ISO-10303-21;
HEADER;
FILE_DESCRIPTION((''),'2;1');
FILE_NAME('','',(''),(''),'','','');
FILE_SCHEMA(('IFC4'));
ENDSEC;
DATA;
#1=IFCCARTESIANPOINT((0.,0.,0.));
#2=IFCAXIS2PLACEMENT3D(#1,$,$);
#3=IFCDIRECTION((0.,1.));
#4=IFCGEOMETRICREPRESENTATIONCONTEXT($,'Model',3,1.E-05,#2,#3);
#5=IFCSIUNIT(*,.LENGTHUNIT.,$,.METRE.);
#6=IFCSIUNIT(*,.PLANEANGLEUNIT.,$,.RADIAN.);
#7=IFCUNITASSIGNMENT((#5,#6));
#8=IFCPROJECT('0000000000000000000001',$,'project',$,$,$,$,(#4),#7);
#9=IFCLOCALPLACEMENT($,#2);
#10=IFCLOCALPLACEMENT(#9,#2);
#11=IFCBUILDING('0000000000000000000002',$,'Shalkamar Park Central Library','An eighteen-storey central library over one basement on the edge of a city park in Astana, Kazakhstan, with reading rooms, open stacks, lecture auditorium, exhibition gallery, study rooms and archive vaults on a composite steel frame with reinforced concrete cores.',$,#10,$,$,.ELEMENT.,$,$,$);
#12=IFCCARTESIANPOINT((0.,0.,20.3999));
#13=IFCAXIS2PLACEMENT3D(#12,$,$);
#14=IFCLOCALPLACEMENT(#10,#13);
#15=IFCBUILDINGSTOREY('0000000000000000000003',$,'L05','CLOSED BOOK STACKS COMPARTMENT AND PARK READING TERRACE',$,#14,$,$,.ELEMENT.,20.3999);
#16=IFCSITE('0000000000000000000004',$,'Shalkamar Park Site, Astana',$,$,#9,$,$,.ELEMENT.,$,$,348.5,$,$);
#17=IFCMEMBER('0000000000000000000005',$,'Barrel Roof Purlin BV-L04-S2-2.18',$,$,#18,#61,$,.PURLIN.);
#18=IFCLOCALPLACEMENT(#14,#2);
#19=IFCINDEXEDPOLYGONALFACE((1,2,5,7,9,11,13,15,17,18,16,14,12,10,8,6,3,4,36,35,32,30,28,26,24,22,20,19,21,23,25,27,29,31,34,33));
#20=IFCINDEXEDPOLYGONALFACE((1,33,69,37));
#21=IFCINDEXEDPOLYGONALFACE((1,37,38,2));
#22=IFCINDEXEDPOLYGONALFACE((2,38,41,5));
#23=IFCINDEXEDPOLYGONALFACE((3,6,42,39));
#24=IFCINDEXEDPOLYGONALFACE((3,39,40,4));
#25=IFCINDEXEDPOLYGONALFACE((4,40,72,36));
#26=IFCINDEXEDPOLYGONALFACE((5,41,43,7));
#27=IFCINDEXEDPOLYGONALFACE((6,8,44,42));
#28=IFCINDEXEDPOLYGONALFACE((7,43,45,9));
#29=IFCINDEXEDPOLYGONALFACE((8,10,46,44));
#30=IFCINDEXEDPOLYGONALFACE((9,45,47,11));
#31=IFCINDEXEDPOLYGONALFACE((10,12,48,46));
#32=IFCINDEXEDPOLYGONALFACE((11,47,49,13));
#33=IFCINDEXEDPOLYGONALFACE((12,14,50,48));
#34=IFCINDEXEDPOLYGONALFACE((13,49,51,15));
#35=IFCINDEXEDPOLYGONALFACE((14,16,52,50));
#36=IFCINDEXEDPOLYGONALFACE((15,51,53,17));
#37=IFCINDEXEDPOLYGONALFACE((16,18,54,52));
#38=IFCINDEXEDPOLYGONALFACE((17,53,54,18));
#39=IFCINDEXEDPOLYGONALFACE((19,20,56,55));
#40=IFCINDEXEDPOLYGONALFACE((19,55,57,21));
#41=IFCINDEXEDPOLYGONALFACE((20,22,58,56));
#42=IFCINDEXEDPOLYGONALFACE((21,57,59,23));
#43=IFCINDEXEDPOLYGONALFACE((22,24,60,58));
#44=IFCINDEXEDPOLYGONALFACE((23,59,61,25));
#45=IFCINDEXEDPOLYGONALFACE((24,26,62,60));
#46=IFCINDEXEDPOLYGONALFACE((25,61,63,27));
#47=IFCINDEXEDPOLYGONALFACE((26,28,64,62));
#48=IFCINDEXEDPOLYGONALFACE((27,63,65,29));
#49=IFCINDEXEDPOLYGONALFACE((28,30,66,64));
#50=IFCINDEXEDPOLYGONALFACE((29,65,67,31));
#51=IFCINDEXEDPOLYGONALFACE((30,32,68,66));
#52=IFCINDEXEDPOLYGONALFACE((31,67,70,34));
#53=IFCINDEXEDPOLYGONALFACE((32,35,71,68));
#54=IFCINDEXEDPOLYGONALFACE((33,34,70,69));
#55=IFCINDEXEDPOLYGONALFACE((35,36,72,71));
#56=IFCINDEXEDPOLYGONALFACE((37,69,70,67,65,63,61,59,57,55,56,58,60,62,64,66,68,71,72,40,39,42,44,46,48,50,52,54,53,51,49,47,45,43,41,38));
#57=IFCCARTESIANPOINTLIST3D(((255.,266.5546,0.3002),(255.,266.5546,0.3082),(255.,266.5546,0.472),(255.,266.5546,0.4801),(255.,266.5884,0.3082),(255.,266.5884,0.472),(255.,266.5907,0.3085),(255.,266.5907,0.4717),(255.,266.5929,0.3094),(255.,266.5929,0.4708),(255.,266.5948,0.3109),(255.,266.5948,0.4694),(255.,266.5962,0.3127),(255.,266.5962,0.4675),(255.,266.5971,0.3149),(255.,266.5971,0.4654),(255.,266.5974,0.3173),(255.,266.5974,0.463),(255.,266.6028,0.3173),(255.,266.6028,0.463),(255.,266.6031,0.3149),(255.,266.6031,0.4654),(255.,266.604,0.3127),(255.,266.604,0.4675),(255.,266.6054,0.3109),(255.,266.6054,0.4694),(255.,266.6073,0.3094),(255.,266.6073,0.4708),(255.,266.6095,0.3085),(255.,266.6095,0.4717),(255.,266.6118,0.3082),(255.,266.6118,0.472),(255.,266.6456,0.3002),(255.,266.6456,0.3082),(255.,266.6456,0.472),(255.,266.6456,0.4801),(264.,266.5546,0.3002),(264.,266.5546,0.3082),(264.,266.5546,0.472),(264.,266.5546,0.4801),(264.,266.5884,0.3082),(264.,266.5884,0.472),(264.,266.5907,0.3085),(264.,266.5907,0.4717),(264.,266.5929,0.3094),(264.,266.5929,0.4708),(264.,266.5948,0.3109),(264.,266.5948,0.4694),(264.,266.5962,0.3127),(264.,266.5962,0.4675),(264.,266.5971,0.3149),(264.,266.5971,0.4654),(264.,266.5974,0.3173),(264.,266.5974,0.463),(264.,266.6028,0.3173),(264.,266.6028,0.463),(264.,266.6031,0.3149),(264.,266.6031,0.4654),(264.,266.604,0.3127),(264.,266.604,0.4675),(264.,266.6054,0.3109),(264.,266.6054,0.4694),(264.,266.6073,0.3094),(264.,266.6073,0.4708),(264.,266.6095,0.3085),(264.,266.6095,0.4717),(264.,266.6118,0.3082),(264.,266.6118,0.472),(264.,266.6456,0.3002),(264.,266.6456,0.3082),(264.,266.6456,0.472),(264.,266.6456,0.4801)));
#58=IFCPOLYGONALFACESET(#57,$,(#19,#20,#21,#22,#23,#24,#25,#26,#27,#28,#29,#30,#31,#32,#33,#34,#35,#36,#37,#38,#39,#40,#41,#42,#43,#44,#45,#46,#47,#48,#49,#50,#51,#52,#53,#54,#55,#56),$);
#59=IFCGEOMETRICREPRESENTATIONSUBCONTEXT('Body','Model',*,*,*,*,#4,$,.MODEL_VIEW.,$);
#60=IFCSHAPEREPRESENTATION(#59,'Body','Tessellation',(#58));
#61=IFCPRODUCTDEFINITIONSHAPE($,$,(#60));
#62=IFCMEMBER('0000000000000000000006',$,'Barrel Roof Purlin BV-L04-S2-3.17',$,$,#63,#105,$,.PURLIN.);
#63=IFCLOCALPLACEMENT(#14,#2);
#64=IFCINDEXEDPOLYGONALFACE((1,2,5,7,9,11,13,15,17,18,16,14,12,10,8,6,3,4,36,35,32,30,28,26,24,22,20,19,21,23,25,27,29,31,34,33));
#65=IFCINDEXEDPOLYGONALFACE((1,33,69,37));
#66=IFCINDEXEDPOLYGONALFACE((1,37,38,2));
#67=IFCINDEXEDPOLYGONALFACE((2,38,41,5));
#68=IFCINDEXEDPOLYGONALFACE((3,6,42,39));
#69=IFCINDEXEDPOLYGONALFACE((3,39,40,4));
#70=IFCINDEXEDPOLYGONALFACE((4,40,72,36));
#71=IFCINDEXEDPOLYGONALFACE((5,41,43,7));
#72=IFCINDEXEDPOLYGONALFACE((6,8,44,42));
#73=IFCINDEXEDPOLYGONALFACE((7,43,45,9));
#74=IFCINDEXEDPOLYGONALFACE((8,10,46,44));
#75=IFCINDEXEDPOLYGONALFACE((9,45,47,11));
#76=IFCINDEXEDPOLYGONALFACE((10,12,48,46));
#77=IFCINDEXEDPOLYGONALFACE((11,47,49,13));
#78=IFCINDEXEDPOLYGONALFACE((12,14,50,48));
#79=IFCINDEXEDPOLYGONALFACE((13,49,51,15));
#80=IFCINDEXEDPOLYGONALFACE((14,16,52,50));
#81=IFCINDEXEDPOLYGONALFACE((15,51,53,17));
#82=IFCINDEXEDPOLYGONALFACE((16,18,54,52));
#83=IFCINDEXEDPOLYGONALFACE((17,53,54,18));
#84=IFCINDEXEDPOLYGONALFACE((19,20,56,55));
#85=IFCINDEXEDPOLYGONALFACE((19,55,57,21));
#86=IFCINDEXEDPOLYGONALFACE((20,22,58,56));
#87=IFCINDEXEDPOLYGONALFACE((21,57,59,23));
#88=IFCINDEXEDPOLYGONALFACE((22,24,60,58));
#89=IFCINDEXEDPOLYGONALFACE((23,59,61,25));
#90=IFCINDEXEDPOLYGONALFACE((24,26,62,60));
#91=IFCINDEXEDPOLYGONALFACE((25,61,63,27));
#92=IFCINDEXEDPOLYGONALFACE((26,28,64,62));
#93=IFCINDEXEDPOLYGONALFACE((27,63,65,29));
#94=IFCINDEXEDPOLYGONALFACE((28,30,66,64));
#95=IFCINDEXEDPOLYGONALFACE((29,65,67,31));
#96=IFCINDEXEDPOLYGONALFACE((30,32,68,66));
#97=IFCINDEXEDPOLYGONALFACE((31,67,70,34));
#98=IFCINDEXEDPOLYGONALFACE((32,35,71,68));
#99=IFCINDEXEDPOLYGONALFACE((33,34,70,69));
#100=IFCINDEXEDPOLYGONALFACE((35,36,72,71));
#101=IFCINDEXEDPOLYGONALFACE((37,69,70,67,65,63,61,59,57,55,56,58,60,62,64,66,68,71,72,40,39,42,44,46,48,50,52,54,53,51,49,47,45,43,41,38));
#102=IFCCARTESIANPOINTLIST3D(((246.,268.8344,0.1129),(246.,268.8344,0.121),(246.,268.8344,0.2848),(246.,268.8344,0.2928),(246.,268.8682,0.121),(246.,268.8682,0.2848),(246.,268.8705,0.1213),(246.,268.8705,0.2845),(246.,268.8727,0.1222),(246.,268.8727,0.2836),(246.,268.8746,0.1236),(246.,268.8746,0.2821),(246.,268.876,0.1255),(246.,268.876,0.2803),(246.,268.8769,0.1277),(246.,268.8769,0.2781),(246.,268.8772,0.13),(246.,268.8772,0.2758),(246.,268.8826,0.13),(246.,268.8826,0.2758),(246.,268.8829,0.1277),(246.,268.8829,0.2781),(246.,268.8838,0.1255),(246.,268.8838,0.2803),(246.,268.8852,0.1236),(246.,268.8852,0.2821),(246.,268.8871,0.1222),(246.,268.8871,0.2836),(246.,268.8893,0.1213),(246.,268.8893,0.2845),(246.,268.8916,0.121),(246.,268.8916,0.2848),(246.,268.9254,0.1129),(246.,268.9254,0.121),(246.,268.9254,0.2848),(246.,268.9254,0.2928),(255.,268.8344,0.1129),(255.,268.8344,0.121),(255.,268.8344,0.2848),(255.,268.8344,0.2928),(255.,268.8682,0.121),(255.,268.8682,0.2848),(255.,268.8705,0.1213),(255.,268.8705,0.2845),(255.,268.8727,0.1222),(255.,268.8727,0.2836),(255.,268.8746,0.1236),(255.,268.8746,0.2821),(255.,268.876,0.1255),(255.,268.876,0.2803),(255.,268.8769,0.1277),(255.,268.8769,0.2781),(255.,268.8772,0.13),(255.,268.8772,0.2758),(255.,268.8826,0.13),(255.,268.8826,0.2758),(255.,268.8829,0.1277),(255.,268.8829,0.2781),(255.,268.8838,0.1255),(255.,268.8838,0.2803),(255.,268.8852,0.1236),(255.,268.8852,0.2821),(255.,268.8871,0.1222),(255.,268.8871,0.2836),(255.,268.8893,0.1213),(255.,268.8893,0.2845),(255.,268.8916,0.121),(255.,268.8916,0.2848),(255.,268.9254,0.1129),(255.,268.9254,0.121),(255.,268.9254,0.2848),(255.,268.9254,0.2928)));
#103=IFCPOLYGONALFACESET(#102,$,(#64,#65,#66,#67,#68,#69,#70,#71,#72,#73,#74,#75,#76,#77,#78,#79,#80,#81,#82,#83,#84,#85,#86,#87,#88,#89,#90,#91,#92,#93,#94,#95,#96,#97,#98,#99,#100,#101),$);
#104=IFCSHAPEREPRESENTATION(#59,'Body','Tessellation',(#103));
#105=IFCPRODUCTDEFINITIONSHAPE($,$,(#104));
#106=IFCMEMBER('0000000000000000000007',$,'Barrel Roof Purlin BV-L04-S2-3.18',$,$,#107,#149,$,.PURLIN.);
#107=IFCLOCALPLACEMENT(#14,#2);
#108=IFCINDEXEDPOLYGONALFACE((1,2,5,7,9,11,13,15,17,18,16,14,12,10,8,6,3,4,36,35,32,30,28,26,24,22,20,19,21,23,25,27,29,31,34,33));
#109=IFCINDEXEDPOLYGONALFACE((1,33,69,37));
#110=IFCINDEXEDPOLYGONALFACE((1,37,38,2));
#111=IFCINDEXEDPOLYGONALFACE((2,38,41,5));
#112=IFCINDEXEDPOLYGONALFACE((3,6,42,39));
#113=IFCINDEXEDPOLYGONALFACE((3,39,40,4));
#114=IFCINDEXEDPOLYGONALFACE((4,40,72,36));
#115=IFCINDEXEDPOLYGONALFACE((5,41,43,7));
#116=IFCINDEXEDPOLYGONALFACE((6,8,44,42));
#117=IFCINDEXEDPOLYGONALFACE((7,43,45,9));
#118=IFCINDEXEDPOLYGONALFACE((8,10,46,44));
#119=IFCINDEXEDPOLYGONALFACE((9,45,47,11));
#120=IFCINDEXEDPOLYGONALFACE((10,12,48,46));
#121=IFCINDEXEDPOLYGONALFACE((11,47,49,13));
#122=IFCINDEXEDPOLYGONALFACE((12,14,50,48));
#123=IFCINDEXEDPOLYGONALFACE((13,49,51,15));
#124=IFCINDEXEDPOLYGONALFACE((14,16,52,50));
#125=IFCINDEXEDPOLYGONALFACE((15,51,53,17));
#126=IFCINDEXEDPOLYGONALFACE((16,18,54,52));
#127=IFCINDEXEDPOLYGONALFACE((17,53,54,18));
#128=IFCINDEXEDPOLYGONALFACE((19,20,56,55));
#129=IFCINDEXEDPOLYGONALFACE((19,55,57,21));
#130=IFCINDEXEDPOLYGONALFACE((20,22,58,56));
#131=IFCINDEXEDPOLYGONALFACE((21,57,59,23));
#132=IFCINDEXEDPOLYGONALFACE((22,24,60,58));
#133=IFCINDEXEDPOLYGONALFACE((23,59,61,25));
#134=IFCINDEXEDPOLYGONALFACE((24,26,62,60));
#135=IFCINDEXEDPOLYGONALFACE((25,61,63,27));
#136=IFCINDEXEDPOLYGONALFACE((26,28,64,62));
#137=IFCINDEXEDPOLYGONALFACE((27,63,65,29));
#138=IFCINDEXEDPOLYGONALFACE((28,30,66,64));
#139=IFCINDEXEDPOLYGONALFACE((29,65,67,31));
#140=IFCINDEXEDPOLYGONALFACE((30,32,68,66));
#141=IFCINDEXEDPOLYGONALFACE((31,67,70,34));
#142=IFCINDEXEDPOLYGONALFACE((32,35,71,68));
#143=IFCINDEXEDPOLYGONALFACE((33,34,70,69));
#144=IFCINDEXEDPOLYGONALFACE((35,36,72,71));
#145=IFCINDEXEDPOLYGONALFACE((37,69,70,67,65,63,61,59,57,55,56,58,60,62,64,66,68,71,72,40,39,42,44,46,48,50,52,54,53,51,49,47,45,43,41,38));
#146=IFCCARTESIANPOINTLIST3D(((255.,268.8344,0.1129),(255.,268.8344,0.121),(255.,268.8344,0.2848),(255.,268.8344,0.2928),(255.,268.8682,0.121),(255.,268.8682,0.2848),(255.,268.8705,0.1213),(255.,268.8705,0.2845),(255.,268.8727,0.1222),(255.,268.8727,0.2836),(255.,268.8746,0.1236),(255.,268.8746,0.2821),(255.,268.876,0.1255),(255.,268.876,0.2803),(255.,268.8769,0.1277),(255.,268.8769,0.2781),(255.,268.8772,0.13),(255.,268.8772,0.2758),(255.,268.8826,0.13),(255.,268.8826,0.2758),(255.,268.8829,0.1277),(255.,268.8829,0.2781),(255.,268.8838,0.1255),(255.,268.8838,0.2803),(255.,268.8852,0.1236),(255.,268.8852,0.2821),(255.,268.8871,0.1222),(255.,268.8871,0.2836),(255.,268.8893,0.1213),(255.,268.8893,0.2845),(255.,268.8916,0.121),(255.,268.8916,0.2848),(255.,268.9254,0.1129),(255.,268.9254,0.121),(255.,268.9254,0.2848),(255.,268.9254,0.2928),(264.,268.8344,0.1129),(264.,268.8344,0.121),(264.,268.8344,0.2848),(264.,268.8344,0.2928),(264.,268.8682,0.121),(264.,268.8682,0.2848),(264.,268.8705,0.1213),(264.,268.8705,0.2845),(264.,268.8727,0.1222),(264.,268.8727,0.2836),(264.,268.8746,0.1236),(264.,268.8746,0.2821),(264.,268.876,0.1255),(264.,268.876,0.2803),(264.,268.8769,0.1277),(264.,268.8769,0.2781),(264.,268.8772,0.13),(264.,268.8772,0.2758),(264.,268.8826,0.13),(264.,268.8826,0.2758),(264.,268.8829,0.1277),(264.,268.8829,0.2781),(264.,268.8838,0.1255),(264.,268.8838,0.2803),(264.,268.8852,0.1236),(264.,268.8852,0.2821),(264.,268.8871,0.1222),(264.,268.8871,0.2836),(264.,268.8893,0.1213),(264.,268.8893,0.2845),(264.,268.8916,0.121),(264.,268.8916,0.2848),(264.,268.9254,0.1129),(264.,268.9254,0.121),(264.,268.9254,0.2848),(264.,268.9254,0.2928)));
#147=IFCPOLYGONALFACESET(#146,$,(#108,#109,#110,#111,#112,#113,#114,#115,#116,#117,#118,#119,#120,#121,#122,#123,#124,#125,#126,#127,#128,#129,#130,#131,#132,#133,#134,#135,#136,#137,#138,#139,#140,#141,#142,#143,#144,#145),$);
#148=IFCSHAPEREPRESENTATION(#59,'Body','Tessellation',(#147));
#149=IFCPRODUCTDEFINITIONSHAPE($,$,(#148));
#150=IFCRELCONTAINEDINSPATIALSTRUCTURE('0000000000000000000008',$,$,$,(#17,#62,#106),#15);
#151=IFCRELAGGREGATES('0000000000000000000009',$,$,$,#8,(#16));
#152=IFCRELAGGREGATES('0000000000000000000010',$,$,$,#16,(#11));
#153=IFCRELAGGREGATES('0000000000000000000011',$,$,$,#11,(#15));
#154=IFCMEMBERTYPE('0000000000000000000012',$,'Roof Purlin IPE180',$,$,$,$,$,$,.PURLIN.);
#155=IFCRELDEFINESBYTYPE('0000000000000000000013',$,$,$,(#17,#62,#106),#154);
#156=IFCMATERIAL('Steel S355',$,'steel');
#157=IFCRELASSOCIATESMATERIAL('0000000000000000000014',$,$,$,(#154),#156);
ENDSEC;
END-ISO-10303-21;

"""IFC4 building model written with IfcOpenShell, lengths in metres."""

from ifc_helpers import new_model, si_unit, direction, frame, origin, origin_2d, place, context, subcontext, project, spatial, i_section, extrude, material, material_profile, profile_set, type_object, element, save


model = new_model("IFC4")

# Units and contexts
model_context = context("Model", 3, precision=1e-05, world=origin(), true_north=direction((0.0, 1.0)))
body_context = subcontext(model_context, "Body", "Model", "MODEL_VIEW")
ifc_project = project(units=[si_unit("LENGTHUNIT", "METRE"), si_unit("PLANEANGLEUNIT", "RADIAN")], contexts=[model_context])

# Site, building, storey
site_placement = place(None, origin())
site = spatial("IfcSite", under=ifc_project, at=site_placement, Name="Shalkamar Park Site, Astana", CompositionType="ELEMENT", RefElevation=348.5)
building_placement = place(site_placement, origin())
building = spatial("IfcBuilding", under=site, at=building_placement, Name="Shalkamar Park Central Library", Description="An eighteen-storey central library over one basement on the edge of a city park in Astana, Kazakhstan, with reading rooms, open stacks, lecture auditorium, exhibition gallery, study rooms and archive vaults on a composite steel frame with reinforced concrete cores.", CompositionType="ELEMENT")
storey_placement = place(building_placement, frame((0.0, 0.0, 20.3999)))
storey = spatial("IfcBuildingStorey", under=building, at=storey_placement, Name="L05", Description="CLOSED BOOK STACKS COMPARTMENT AND PARK READING TERRACE", CompositionType="ELEMENT", Elevation=20.3999)

# Members
ifc_material = material(Name="Steel S355", Category="steel")
ifc_material_profile_1 = material_profile(ifc_material, i_section(OverallWidth=0.0911, OverallDepth=0.1799, WebThickness=0.0054, FlangeThickness=0.0081, FilletRadius=0.009, at=origin_2d()), Name="IPE 180")
ifc_profile_set_1 = profile_set([ifc_material_profile_1], Name="Steel S355")
member_type_1 = type_object("IfcMemberType", Name="Roof Purlin IPE180", PredefinedType="PURLIN", material=ifc_profile_set_1)
for number, where, z_axis, x_axis, name in (
    (1, (255.0, 266.6001, 0.3901), (1.0, 0.0, 0.0), (0.0, 1.0, 0.0), "Barrel Roof Purlin BV-L04-S2-2.18"),
    (2, (246.0, 268.8799, 0.2029), (1.0, 0.0, 0.0), (0.0, 1.0, 0.0), "Barrel Roof Purlin BV-L04-S2-3.17"),
    (3, (255.0, 268.8799, 0.2029), (1.0, 0.0, 0.0), (0.0, 1.0, 0.0), "Barrel Roof Purlin BV-L04-S2-3.18"),
):
    element("IfcMember", number, at=place(storey_placement, frame(where, z_axis=z_axis, x_axis=x_axis)), inside=storey, type_object=member_type_1, Name=name, PredefinedType="PURLIN", context=body_context, shape_type="SweptSolid", body=[
        extrude(i_section(OverallWidth=0.0911, OverallDepth=0.1799, WebThickness=0.0054, FlangeThickness=0.0081, FilletRadius=0.009, at=origin_2d()), origin(), (0.0, 0.0, 1.0), 9.0),
    ])

save(model, "model.ifc")
